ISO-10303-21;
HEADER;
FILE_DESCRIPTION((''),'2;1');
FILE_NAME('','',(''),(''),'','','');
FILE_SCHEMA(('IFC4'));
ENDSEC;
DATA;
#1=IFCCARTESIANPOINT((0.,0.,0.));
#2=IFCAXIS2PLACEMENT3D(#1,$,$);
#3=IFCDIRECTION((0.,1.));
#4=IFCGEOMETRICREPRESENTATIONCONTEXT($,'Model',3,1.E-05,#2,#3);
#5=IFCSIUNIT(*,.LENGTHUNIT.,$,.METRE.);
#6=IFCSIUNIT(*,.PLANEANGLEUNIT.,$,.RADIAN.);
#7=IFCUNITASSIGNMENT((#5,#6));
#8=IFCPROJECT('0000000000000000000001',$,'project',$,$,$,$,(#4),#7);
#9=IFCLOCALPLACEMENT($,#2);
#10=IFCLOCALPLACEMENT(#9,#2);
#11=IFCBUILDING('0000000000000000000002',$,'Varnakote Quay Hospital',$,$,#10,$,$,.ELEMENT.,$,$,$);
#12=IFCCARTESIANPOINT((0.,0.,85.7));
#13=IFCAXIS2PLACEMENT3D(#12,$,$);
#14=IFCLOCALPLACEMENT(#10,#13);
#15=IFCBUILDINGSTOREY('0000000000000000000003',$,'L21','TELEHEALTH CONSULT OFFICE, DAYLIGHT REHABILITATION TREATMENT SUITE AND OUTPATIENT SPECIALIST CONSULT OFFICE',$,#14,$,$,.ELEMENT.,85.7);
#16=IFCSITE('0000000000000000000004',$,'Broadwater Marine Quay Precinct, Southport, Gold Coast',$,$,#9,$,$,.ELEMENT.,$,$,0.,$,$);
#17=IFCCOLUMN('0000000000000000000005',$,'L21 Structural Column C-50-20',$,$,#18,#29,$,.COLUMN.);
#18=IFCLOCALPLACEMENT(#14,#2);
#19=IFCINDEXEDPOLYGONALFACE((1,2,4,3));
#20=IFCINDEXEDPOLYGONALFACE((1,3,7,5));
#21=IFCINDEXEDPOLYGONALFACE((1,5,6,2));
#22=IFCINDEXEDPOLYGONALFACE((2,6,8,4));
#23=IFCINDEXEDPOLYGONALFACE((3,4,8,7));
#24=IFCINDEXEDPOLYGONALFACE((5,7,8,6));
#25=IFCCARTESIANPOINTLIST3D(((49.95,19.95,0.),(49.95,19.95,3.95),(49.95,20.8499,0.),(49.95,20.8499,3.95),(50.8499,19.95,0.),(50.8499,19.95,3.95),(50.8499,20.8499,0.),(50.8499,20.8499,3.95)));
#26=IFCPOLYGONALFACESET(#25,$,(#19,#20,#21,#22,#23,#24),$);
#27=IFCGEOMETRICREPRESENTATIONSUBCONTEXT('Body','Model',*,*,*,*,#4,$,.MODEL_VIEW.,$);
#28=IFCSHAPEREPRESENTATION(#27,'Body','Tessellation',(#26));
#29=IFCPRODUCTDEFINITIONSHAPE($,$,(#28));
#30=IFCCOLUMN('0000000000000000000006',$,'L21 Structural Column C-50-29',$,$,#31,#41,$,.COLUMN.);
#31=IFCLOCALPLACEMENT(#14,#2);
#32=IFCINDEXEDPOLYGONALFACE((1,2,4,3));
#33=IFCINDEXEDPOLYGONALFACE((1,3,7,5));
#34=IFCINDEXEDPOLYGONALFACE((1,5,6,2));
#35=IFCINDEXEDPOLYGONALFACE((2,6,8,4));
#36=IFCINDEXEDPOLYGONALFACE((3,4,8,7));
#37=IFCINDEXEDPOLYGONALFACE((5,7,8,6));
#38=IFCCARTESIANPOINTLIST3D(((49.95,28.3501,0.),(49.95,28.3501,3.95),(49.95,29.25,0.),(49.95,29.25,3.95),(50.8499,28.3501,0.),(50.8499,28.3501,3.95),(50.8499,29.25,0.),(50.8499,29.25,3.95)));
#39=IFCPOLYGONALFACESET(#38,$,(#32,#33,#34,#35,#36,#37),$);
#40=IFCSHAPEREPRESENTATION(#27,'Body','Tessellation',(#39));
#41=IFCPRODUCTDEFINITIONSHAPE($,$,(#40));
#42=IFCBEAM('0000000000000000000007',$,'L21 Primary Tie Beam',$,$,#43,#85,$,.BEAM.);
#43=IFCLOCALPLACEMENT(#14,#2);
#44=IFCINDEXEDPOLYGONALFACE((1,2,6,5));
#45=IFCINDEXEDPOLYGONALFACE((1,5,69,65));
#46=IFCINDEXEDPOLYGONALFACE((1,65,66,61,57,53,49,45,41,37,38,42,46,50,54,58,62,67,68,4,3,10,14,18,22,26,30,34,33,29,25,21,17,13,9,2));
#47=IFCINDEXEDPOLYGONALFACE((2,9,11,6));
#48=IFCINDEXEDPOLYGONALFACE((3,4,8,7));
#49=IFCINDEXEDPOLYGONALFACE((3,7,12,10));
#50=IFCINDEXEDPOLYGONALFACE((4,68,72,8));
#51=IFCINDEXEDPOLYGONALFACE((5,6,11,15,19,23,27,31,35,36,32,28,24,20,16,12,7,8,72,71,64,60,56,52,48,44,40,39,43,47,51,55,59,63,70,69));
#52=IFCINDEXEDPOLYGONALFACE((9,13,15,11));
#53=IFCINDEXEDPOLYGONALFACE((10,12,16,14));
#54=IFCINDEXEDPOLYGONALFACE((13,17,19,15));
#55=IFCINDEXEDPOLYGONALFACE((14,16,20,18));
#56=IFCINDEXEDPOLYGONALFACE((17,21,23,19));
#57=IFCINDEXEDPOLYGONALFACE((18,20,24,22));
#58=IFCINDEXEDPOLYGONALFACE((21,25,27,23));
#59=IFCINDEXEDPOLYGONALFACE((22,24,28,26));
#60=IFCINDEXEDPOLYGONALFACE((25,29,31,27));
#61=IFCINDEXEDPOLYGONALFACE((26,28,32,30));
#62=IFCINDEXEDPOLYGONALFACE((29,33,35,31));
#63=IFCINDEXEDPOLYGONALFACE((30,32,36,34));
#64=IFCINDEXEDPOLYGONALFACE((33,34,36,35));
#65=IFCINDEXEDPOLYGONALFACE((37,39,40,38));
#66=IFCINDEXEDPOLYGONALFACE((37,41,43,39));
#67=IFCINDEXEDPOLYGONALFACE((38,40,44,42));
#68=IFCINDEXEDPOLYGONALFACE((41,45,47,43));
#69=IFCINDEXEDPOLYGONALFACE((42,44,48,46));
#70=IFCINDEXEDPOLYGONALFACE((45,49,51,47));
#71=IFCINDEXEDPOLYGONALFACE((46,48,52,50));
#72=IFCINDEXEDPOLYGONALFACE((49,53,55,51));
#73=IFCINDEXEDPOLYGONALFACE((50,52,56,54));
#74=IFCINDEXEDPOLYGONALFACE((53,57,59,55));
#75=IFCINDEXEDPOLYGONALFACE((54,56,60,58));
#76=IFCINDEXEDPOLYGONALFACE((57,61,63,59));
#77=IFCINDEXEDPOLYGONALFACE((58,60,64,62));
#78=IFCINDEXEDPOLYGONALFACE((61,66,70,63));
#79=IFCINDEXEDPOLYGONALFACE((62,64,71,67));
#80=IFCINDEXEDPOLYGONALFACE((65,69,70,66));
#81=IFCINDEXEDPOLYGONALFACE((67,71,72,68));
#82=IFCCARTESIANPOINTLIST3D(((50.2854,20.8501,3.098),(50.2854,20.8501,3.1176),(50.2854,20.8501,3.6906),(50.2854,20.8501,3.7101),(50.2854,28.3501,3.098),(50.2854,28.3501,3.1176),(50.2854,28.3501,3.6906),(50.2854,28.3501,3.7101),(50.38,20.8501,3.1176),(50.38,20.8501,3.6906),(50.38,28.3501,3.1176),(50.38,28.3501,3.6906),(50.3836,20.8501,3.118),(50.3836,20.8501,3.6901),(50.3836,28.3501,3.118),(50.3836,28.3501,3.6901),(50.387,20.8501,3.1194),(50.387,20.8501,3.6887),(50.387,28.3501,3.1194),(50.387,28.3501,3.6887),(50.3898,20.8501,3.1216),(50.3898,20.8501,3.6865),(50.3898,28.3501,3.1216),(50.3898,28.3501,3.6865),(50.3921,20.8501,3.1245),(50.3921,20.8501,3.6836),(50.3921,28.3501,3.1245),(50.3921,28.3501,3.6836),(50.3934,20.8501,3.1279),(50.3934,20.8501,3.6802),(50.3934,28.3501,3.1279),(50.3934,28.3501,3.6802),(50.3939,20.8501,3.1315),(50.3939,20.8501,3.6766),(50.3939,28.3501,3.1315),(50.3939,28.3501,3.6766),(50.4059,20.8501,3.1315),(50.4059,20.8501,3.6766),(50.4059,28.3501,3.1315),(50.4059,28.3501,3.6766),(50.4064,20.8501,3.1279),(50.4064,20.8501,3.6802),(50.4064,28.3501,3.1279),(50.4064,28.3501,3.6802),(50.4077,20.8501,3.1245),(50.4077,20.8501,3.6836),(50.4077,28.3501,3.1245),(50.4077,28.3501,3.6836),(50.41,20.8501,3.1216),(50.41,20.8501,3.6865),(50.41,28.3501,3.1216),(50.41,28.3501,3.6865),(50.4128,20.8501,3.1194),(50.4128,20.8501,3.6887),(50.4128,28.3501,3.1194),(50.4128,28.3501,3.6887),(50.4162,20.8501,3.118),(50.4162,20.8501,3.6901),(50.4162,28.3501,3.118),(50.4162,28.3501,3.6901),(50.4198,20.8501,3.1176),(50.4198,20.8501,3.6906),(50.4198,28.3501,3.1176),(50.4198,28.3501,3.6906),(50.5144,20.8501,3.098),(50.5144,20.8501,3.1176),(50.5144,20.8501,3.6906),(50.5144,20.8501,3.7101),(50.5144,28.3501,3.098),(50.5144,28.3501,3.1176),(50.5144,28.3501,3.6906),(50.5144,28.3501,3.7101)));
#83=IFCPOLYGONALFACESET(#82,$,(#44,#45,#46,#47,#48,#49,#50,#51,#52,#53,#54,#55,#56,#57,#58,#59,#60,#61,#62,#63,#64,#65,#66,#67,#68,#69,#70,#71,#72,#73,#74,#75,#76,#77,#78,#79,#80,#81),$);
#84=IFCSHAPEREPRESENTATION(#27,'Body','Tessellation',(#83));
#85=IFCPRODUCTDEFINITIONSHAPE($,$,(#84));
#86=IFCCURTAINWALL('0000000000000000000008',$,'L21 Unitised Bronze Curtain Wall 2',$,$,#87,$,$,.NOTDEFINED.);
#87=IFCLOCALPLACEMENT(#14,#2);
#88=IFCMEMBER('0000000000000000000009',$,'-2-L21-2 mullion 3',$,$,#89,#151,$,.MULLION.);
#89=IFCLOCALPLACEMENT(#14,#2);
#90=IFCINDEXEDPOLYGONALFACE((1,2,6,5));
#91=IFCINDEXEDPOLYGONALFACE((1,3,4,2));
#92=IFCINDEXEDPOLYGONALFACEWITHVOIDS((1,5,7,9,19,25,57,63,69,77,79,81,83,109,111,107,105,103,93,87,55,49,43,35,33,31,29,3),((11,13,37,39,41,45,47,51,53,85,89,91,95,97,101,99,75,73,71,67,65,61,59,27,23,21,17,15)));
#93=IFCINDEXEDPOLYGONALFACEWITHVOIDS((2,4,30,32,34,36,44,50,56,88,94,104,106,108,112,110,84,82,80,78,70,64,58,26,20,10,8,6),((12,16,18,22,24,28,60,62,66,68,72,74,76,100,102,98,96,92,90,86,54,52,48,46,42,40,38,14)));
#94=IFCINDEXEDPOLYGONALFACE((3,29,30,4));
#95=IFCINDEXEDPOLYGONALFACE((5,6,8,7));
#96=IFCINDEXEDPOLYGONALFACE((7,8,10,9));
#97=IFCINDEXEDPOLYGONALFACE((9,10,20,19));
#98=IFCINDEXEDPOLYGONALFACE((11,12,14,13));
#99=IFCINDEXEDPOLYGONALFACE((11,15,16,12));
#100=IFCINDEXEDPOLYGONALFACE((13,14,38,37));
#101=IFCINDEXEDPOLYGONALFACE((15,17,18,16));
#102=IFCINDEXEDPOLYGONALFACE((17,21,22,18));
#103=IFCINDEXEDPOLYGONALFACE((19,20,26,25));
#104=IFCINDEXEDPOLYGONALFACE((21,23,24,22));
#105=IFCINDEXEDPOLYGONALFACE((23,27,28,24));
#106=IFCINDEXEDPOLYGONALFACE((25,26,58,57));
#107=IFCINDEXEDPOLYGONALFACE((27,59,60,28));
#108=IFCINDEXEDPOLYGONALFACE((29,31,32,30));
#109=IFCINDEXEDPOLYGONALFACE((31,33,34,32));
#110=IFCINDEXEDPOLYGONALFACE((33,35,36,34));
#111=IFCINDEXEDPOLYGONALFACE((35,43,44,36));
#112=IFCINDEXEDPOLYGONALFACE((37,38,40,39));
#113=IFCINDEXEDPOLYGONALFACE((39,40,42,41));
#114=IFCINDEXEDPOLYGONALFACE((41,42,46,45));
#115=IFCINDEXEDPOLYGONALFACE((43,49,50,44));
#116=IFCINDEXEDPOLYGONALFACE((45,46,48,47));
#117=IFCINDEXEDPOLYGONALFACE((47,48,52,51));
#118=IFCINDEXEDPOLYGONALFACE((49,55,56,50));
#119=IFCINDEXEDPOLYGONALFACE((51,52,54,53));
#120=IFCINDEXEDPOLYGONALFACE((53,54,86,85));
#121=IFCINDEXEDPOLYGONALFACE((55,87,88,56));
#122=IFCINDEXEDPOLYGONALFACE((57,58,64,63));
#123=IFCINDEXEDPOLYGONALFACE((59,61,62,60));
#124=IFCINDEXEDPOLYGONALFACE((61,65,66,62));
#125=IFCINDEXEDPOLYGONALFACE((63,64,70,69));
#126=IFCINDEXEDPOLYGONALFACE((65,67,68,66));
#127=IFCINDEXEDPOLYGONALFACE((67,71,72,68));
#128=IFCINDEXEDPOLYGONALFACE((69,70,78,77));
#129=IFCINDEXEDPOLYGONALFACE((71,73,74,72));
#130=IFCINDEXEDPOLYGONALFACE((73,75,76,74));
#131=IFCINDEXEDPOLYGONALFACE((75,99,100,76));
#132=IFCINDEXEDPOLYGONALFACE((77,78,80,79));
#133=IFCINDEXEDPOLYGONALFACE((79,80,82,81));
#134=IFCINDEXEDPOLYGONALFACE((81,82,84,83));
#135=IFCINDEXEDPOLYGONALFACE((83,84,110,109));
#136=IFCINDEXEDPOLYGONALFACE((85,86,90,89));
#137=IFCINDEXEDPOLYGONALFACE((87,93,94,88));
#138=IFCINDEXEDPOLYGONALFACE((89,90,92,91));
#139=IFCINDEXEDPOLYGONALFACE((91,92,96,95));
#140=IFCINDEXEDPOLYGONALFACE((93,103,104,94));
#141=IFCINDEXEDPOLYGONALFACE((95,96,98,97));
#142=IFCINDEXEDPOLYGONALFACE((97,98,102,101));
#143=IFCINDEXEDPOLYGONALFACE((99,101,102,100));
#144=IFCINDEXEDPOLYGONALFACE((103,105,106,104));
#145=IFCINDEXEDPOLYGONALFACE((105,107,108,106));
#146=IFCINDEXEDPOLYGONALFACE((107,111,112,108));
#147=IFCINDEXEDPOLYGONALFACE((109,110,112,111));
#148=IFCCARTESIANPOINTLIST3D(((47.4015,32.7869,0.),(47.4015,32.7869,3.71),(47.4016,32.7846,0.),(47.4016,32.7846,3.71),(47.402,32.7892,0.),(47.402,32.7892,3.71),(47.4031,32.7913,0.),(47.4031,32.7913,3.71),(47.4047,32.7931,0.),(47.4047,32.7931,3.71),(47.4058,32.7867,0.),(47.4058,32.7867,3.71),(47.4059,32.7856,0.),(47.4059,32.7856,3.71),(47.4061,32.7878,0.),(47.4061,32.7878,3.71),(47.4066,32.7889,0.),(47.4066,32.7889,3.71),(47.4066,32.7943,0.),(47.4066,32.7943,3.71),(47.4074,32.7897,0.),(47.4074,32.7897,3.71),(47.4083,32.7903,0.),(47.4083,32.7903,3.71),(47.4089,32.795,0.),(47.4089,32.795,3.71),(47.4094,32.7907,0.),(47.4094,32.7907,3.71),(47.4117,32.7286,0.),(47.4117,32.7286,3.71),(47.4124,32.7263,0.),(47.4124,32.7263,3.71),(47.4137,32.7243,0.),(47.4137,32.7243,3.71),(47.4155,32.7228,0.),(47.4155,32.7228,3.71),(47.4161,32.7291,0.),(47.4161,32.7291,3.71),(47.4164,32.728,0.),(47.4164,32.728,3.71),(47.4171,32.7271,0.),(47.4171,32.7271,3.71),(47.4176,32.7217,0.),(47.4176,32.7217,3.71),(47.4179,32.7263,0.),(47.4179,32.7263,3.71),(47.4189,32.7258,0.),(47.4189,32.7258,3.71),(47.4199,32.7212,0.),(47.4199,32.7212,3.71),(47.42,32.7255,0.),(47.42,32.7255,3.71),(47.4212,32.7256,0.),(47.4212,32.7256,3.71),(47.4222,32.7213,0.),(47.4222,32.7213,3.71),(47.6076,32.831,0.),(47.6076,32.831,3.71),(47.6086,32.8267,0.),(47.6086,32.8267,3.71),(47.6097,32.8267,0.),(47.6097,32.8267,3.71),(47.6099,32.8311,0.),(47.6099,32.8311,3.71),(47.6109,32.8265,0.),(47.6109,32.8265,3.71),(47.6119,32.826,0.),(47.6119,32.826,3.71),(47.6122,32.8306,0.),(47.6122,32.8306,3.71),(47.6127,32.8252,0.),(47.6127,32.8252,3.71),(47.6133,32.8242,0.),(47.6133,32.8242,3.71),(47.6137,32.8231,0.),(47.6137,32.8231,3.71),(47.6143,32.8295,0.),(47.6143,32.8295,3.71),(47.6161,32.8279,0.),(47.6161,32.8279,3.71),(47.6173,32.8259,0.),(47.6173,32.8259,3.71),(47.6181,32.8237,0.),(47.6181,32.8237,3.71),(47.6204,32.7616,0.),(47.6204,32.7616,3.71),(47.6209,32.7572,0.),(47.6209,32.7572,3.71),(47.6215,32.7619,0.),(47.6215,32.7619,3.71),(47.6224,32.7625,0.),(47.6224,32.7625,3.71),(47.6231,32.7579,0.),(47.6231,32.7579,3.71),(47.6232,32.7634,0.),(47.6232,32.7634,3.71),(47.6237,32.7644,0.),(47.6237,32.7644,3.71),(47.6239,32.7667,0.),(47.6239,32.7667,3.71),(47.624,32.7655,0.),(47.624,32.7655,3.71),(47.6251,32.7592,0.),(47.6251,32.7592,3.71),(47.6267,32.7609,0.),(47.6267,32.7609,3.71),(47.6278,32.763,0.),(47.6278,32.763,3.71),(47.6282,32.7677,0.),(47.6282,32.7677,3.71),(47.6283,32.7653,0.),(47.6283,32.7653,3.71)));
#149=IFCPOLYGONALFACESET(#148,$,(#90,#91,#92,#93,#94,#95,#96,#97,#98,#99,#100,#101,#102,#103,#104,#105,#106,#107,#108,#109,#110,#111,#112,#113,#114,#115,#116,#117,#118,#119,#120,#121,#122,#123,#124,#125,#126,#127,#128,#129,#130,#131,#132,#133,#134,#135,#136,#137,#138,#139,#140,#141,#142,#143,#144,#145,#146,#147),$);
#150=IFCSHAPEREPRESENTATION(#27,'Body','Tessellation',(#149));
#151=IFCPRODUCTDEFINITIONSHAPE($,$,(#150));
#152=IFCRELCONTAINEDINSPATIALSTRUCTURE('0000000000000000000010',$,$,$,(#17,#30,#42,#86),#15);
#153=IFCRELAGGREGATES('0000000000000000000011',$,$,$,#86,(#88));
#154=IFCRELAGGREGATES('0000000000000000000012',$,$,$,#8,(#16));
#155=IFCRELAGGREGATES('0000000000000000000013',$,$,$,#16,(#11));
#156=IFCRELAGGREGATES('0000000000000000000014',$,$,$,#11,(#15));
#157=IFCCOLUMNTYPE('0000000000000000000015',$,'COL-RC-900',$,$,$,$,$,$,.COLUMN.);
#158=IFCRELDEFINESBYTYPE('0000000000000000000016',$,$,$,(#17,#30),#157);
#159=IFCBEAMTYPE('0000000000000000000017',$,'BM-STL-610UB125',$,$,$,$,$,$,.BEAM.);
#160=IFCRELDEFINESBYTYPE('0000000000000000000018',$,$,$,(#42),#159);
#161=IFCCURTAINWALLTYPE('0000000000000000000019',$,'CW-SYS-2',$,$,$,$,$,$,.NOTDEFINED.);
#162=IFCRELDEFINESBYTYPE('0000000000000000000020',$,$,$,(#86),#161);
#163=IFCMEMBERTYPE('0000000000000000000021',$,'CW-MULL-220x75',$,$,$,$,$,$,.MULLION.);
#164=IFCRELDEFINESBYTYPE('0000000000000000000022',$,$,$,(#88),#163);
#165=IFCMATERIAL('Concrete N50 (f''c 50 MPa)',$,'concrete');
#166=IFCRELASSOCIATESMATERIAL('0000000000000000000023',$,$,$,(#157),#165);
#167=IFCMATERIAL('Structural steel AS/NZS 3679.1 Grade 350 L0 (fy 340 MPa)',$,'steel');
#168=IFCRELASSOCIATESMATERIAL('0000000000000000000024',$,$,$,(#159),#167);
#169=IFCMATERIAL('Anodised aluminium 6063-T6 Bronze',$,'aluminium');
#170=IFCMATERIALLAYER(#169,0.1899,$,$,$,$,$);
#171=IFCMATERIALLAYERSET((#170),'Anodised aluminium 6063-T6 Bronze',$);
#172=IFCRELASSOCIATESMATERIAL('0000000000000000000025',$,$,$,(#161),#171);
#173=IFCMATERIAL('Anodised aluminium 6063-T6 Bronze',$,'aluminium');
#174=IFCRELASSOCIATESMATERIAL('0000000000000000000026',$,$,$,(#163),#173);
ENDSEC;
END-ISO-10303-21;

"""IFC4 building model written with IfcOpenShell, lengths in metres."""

from ifc_helpers import new_model, si_unit, direction, frame, origin, origin_2d, place, context, subcontext, project, spatial, rectangle, hollow_rectangle, i_section, extrude, material, layer, layer_set, material_profile, profile_set, type_object, element, aggregate, save


model = new_model("IFC4")

# Units and contexts
model_context = context("Model", 3, precision=1e-05, world=origin(), true_north=direction((0.0, 1.0)))
body_context = subcontext(model_context, "Body", "Model", "MODEL_VIEW")
ifc_project = project(units=[si_unit("LENGTHUNIT", "METRE"), si_unit("PLANEANGLEUNIT", "RADIAN")], contexts=[model_context])

# Site, building, storey
site_placement = place(None, origin())
site = spatial("IfcSite", under=ifc_project, at=site_placement, Name="Broadwater Marine Quay Precinct, Southport, Gold Coast", CompositionType="ELEMENT", RefElevation=0.0)
building_placement = place(site_placement, origin())
building = spatial("IfcBuilding", under=site, at=building_placement, Name="Varnakote Quay Hospital", CompositionType="ELEMENT")
storey_placement = place(building_placement, frame((0.0, 0.0, 85.7)))
storey = spatial("IfcBuildingStorey", under=building, at=storey_placement, Name="L21", Description="TELEHEALTH CONSULT OFFICE, DAYLIGHT REHABILITATION TREATMENT SUITE AND OUTPATIENT SPECIALIST CONSULT OFFICE", CompositionType="ELEMENT", Elevation=85.7)

# Columns
ifc_material_1 = material(Name="Concrete N50 (f'c 50 MPa)", Category="concrete")
ifc_material_profile_1 = material_profile(ifc_material_1, rectangle(XDim=0.8999, YDim=0.8999, at=origin_2d()), Name="RC-COL-900x900")
ifc_profile_set_1 = profile_set([ifc_material_profile_1], Name="Concrete N50 (f'c 50 MPa)")
column_type = type_object("IfcColumnType", Name="COL-RC-900", PredefinedType="COLUMN", material=ifc_profile_set_1)
for number, where, z_axis, x_axis, name in (
    (1, (50.3999, 20.3999, 0.0), (0.0, 0.0, 1.0), (1.0, 0.0, 0.0), "L21 Structural Column C-50-20"),
    (2, (50.3999, 28.8, 0.0), (0.0, 0.0, 1.0), (1.0, 0.0, 0.0), "L21 Structural Column C-50-29"),
):
    element("IfcColumn", number, at=place(storey_placement, frame(where, z_axis=z_axis, x_axis=x_axis)), inside=storey, type_object=column_type, Name=name, PredefinedType="COLUMN", context=body_context, shape_type="SweptSolid", body=[
        extrude(rectangle(XDim=0.8999, YDim=0.8999, at=origin_2d()), origin(), (0.0, 0.0, 1.0), 3.95),
    ])

# Beam
ifc_material_2 = material(Name="Structural steel AS/NZS 3679.1 Grade 350 L0 (fy 340 MPa)", Category="steel")
ifc_material_profile_2 = material_profile(ifc_material_2, i_section(OverallWidth=0.229, OverallDepth=0.6121, WebThickness=0.012, FlangeThickness=0.0195, FilletRadius=0.0139, at=origin_2d()), Name="610UB125")
ifc_profile_set_2 = profile_set([ifc_material_profile_2], Name="Structural steel AS/NZS 3679.1 Grade 350 L0 (fy 340 MPa)")
beam_type = type_object("IfcBeamType", Name="BM-STL-610UB125", PredefinedType="BEAM", material=ifc_profile_set_2)
beam_placement = place(storey_placement, frame((50.3999, 20.8501, 3.4041), z_axis=(0.0, 1.0, 0.0), x_axis=(-1.0, 0.0, 0.0)))
element("IfcBeam", 3, at=beam_placement, inside=storey, type_object=beam_type, Name="L21 Primary Tie Beam", PredefinedType="BEAM", context=body_context, shape_type="SweptSolid", body=[
    extrude(i_section(OverallWidth=0.229, OverallDepth=0.6121, WebThickness=0.012, FlangeThickness=0.0195, FilletRadius=0.0139, at=origin_2d()), origin(), (0.0, 0.0, 1.0), 7.5),
])

# Curtain wall, member
ifc_material_3 = material(Name="Anodised aluminium 6063-T6 Bronze", Category="aluminium")
ifc_layer_1 = layer(ifc_material_3, 0.1899)
ifc_layer_set_1 = layer_set([ifc_layer_1], Name="Anodised aluminium 6063-T6 Bronze")
curtain_wall_type = type_object("IfcCurtainWallType", Name="CW-SYS-2", PredefinedType="NOTDEFINED", material=ifc_layer_set_1)
curtain_wall_placement = place(storey_placement, origin())
curtain_wall = element("IfcCurtainWall", 4, at=curtain_wall_placement, inside=storey, type_object=curtain_wall_type, Name="L21 Unitised Bronze Curtain Wall 2", PredefinedType="NOTDEFINED")
ifc_material_4 = material(Name="Anodised aluminium 6063-T6 Bronze", Category="aluminium")
ifc_material_profile_3 = material_profile(ifc_material_4, hollow_rectangle(XDim=0.075, YDim=0.22, WallThickness=0.0044, InnerFilletRadius=0.0044, OuterFilletRadius=0.009, at=origin_2d()), Name="CW-MULL-220x75")
ifc_profile_set_3 = profile_set([ifc_material_profile_3], Name="Anodised aluminium 6063-T6 Bronze")
member_type_1 = type_object("IfcMemberType", Name="CW-MULL-220x75", PredefinedType="MULLION", material=ifc_profile_set_3)
member_1_placement = place(storey_placement, frame((47.5149, 32.7761, 0.0), z_axis=(0.0, 0.0, 1.0), x_axis=(0.177846, -0.984058, 0.0)))
member_1 = element("IfcMember", 5, at=member_1_placement, type_object=member_type_1, Name="-2-L21-2 mullion 3", PredefinedType="MULLION", context=body_context, shape_type="SweptSolid", body=[
    extrude(hollow_rectangle(XDim=0.075, YDim=0.22, WallThickness=0.0044, InnerFilletRadius=0.0044, OuterFilletRadius=0.009, at=origin_2d()), origin(), (0.0, 0.0, 1.0), 3.71),
])
aggregate(curtain_wall, [member_1])

save(model, "model.ifc")
